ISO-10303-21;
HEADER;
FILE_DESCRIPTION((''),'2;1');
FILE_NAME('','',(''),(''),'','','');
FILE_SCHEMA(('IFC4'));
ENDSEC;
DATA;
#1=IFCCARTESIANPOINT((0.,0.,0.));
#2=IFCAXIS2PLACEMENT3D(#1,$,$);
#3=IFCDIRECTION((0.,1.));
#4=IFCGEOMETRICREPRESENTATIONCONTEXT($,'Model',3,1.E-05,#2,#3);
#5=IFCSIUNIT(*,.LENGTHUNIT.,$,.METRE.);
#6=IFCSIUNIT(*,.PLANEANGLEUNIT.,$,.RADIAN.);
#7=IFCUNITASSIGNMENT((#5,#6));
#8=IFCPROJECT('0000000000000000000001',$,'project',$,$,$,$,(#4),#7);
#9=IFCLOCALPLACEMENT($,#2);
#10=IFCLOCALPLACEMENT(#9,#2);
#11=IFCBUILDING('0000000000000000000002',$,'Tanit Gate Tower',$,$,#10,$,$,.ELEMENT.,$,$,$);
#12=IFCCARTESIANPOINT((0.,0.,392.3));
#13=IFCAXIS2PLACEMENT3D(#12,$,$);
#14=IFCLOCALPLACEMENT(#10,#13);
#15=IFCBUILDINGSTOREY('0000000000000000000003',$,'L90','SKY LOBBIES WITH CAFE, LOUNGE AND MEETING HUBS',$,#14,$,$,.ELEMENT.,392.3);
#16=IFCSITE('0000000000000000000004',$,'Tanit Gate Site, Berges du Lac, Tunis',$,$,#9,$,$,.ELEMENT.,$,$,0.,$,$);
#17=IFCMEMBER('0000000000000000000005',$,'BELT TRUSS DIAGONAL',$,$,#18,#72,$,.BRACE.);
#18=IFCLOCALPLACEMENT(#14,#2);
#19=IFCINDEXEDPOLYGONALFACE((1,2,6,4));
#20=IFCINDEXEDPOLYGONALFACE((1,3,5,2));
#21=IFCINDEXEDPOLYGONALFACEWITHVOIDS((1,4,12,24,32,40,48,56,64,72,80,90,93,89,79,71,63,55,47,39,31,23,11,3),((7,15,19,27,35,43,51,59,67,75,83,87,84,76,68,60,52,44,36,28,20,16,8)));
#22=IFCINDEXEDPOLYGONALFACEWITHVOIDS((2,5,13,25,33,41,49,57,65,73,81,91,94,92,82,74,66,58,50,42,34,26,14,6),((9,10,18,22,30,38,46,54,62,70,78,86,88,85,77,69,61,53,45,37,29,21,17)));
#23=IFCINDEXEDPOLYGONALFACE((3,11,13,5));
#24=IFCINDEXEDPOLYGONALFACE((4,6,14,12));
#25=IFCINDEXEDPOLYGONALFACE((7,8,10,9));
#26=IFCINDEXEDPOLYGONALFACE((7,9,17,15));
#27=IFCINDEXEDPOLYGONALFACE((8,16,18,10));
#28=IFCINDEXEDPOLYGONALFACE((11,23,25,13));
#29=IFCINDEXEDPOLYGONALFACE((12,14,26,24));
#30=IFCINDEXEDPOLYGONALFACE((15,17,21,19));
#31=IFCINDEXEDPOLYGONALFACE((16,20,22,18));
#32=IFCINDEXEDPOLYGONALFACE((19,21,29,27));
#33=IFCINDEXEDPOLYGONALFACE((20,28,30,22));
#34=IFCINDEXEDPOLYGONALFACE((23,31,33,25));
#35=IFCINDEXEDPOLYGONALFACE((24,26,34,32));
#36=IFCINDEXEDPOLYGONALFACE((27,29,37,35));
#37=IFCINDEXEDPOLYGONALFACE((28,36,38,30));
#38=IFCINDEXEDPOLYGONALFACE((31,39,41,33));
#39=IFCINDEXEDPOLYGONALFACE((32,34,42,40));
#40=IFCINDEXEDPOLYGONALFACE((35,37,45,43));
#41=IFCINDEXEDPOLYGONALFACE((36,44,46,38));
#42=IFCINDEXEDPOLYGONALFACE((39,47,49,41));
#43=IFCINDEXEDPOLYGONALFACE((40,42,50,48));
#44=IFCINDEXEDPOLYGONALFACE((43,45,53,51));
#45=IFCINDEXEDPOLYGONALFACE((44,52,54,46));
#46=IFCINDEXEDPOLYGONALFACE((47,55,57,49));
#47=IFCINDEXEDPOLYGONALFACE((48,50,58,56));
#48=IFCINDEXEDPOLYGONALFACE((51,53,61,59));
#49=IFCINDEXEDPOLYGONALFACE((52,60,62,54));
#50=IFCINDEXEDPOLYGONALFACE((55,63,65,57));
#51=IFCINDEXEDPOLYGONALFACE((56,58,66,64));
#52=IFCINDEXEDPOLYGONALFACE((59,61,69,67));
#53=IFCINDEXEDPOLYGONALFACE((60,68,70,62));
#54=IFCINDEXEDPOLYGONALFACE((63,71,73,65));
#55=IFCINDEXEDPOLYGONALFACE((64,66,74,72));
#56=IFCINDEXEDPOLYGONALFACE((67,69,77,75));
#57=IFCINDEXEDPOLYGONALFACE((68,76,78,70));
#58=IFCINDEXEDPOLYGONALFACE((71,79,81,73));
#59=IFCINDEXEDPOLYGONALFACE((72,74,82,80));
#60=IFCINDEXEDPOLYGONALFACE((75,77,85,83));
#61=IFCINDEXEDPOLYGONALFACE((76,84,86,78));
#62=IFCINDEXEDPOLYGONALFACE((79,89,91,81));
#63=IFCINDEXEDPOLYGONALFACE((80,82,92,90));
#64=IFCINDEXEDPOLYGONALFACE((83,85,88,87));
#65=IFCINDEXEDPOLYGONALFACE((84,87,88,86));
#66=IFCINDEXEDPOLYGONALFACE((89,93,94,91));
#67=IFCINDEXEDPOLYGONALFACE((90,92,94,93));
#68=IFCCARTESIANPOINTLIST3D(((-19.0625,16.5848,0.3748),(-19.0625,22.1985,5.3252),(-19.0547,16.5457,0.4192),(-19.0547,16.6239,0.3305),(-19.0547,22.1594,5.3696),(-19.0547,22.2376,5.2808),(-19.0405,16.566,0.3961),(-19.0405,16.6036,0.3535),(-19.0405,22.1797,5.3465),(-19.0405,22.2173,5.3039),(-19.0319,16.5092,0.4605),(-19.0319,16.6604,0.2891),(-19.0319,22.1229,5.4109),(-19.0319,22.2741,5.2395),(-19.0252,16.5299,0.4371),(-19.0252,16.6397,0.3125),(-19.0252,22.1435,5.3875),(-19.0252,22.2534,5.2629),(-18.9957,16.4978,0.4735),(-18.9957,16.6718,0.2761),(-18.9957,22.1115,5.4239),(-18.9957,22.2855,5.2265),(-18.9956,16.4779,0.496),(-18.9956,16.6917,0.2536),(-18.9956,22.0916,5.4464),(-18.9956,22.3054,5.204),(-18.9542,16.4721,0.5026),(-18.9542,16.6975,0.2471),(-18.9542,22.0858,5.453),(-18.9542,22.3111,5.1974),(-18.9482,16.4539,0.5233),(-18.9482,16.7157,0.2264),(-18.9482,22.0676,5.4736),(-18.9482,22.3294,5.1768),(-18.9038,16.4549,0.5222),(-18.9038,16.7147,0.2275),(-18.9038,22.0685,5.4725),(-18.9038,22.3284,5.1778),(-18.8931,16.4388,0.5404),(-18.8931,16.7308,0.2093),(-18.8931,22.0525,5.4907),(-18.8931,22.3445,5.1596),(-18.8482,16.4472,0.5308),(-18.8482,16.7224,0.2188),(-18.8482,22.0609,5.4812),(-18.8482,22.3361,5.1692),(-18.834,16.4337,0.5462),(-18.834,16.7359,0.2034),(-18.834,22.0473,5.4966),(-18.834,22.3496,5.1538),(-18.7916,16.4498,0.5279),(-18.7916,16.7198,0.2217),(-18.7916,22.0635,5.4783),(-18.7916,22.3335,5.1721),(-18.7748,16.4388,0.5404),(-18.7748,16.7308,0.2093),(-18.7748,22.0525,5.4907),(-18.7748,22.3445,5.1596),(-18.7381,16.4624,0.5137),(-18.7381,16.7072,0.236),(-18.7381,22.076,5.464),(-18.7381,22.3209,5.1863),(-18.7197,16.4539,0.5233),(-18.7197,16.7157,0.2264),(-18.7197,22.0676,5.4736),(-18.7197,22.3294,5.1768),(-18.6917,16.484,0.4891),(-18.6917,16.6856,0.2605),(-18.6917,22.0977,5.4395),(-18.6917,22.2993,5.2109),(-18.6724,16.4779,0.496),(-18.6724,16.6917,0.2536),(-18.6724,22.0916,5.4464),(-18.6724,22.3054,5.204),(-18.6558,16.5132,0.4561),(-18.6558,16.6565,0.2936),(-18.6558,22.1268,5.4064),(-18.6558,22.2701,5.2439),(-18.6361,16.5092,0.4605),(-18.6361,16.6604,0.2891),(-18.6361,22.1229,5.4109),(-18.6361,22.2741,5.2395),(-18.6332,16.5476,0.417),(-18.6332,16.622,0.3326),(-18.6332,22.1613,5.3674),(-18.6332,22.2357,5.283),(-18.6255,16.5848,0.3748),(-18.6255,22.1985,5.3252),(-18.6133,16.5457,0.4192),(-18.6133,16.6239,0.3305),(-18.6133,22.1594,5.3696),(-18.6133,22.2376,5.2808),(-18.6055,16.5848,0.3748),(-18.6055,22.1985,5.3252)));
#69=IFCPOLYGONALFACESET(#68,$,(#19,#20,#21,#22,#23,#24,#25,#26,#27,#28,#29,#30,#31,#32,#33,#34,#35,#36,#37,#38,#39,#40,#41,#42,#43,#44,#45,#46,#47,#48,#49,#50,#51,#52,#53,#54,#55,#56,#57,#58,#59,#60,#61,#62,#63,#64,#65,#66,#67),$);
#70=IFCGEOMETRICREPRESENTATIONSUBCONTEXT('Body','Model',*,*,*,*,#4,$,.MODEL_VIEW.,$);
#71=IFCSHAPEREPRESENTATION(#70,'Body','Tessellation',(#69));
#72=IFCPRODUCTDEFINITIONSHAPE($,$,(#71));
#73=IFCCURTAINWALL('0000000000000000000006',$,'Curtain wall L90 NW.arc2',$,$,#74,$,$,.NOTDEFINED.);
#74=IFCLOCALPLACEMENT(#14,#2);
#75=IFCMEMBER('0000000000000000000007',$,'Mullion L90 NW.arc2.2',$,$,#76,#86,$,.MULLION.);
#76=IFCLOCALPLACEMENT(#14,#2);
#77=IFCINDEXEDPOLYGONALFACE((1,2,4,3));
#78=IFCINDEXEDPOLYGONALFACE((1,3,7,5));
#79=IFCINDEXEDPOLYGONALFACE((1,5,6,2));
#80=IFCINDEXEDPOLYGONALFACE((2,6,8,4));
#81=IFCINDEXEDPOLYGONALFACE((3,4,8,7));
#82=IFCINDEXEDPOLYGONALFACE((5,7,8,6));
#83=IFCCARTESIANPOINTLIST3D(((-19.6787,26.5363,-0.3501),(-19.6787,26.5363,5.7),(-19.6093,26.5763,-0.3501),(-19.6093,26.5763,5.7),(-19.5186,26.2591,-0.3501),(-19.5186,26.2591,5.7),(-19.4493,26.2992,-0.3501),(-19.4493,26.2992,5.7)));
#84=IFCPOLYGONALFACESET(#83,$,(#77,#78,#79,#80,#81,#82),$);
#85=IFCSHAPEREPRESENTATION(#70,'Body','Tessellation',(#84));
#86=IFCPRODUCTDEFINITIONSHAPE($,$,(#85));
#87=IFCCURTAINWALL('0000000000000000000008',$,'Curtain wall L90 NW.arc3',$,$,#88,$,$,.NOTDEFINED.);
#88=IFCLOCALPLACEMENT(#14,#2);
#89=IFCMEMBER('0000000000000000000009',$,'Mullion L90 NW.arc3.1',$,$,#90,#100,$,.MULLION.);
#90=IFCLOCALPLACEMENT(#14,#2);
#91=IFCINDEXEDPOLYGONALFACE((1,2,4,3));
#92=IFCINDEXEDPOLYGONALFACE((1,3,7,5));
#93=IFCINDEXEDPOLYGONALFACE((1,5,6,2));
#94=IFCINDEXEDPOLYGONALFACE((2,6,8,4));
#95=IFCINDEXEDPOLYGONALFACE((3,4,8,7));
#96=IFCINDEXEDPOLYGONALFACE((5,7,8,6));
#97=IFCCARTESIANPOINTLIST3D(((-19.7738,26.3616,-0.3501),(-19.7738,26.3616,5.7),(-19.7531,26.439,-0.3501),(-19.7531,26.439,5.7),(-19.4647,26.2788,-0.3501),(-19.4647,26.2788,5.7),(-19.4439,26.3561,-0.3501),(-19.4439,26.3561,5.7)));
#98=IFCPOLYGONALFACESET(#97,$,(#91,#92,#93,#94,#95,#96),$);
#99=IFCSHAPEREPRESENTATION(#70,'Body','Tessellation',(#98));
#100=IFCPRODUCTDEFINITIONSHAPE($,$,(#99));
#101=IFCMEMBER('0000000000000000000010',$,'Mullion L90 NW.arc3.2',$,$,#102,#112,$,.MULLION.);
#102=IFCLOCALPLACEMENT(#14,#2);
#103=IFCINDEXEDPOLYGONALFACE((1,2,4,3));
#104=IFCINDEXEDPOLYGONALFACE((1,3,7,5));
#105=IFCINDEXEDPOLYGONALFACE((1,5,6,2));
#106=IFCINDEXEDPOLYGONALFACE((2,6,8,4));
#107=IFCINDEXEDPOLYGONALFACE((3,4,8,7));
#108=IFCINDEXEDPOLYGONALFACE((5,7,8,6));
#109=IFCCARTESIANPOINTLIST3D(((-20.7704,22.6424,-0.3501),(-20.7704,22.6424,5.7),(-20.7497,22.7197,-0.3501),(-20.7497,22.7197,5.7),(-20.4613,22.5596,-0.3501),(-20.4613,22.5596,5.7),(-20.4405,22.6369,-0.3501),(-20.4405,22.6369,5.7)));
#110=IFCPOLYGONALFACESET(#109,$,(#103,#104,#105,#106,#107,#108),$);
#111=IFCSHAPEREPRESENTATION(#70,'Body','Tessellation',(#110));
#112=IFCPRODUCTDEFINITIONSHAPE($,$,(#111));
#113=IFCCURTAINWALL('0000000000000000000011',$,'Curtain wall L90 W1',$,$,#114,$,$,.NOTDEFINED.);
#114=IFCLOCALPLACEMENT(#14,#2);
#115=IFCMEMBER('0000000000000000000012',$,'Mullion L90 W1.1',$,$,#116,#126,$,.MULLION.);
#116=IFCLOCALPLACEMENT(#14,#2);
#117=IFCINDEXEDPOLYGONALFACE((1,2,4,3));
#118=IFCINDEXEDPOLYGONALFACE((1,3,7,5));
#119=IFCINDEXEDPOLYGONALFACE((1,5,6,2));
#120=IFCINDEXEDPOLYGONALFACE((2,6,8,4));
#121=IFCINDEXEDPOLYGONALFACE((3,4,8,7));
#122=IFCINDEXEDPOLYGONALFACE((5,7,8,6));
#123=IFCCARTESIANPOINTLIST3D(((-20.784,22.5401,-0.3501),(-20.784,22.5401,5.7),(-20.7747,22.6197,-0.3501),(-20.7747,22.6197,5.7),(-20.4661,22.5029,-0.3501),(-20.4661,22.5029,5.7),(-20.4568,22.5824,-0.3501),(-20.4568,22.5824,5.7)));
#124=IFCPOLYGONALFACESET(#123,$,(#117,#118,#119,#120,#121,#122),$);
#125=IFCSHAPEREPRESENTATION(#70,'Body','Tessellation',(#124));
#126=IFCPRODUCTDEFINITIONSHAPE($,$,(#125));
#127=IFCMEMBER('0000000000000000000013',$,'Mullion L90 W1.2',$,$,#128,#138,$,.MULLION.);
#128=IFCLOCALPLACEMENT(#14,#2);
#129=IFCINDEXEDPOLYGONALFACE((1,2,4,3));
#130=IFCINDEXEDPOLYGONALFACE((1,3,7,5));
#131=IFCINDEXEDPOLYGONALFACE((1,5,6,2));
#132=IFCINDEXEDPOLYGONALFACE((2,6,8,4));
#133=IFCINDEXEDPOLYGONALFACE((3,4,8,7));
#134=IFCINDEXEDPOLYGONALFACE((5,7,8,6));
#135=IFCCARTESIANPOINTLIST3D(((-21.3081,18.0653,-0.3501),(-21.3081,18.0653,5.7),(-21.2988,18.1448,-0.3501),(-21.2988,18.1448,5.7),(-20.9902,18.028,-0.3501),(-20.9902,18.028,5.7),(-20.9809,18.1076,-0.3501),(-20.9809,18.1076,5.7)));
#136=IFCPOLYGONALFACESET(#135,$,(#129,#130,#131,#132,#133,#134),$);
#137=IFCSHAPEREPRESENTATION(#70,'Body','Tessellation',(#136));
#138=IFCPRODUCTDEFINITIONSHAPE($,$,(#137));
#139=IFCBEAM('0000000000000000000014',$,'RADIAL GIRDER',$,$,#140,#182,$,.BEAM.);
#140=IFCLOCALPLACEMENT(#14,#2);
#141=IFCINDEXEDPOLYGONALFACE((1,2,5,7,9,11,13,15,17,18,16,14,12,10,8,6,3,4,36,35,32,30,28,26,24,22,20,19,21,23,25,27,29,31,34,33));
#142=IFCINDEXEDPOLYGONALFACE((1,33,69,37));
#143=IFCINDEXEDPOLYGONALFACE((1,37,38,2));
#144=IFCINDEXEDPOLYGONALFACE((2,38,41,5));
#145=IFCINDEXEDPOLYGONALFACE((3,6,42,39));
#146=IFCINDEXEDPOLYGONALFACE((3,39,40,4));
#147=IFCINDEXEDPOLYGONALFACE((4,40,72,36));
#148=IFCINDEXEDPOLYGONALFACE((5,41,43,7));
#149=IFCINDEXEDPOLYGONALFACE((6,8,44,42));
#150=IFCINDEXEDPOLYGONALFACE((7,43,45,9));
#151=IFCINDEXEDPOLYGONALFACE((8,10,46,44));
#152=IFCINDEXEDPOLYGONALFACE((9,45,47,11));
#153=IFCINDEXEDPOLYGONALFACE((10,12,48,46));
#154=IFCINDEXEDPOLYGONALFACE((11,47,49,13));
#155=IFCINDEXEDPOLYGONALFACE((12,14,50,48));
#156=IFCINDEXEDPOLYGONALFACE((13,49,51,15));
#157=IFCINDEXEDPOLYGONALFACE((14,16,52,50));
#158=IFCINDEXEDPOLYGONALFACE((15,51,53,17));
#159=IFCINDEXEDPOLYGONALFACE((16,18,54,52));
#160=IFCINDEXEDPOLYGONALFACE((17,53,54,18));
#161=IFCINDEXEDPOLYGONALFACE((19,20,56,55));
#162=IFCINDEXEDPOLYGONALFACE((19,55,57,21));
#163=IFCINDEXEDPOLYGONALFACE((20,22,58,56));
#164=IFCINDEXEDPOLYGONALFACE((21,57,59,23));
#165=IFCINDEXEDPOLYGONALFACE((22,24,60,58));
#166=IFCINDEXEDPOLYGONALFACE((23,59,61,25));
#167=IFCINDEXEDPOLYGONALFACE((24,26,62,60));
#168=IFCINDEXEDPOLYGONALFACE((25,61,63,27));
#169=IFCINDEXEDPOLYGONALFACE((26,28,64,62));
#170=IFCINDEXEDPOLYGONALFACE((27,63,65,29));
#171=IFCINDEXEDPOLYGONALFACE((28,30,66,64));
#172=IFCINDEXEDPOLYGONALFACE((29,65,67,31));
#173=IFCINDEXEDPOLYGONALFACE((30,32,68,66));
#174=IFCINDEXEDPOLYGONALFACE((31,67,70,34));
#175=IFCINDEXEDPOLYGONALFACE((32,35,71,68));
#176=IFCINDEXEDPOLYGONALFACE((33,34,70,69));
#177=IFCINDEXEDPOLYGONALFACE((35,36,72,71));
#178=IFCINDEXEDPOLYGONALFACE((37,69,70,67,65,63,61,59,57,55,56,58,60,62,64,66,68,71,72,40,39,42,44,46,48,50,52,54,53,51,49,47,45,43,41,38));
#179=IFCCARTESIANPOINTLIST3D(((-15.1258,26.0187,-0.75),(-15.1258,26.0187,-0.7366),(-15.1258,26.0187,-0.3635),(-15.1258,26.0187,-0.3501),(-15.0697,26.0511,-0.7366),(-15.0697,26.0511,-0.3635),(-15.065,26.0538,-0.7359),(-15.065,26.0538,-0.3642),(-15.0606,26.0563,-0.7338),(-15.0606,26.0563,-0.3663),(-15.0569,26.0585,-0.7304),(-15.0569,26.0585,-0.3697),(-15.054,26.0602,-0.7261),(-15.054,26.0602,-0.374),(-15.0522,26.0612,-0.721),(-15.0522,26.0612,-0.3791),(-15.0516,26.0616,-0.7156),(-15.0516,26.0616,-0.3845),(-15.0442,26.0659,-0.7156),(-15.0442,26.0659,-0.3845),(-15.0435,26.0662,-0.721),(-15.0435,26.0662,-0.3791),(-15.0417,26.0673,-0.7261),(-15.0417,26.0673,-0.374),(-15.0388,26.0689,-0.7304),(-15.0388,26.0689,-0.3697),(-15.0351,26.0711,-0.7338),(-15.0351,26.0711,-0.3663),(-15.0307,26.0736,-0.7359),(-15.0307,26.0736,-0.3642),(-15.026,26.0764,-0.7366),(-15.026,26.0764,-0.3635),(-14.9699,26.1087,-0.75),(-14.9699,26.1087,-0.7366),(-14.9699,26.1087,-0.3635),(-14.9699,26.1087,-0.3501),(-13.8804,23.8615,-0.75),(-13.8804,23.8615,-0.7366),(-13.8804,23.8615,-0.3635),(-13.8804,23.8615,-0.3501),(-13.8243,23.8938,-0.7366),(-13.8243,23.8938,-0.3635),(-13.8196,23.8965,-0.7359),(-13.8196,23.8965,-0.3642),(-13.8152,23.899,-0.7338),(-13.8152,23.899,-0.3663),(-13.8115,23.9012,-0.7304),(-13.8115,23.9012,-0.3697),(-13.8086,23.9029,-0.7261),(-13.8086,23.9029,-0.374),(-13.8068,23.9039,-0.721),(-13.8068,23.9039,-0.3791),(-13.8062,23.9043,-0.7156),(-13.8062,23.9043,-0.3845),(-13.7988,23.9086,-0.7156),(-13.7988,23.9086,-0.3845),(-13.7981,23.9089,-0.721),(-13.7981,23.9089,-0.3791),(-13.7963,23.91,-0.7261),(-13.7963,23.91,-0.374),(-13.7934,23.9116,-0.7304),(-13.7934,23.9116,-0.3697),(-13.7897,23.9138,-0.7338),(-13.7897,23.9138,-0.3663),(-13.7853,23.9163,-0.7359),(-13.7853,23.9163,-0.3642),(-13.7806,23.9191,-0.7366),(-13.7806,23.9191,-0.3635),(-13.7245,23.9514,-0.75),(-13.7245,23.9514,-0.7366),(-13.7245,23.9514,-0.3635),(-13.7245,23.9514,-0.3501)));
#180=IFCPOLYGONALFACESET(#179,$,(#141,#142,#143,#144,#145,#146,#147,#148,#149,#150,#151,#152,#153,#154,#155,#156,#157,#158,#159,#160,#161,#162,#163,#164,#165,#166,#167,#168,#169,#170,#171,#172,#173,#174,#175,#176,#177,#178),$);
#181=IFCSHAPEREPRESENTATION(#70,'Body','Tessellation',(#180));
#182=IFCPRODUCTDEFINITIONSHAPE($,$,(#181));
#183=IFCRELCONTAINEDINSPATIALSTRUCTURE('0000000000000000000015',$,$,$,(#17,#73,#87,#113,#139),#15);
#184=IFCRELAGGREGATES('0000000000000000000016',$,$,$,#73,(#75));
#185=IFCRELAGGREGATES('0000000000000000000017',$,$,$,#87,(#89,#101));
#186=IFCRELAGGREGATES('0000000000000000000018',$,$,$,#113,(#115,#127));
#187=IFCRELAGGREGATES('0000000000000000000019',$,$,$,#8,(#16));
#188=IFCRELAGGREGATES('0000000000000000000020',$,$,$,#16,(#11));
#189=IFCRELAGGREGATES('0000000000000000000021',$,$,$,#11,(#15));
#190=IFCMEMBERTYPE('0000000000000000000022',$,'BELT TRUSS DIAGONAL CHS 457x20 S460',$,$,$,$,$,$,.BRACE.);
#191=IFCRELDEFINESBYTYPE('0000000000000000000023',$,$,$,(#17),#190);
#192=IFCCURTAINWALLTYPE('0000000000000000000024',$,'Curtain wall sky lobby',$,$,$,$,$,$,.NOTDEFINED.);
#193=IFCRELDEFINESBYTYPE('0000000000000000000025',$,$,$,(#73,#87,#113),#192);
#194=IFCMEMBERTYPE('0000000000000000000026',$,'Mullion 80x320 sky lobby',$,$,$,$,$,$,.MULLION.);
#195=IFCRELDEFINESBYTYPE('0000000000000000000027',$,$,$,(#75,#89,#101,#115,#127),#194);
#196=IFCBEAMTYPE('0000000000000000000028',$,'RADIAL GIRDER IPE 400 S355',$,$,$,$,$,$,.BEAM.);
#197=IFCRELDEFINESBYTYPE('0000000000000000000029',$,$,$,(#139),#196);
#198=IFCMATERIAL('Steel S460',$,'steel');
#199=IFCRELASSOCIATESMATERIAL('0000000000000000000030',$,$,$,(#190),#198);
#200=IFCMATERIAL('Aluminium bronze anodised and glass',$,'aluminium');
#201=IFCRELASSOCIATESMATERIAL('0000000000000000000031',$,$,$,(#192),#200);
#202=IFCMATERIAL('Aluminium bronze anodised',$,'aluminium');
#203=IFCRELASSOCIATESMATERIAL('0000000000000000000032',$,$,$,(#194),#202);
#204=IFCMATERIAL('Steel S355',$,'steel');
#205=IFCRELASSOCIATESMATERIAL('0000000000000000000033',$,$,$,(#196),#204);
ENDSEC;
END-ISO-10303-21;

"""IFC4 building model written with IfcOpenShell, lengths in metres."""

from ifc_helpers import new_model, si_unit, direction, frame, origin, origin_2d, place, context, subcontext, project, spatial, rectangle, hollow_circle, i_section, extrude, material, material_profile, profile_set, type_object, element, aggregate, save


model = new_model("IFC4")

# Units and contexts
model_context = context("Model", 3, precision=1e-05, world=origin(), true_north=direction((0.0, 1.0)))
body_context = subcontext(model_context, "Body", "Model", "MODEL_VIEW")
ifc_project = project(units=[si_unit("LENGTHUNIT", "METRE"), si_unit("PLANEANGLEUNIT", "RADIAN")], contexts=[model_context])

# Site, building, storey
site_placement = place(None, origin())
site = spatial("IfcSite", under=ifc_project, at=site_placement, Name="Tanit Gate Site, Berges du Lac, Tunis", CompositionType="ELEMENT", RefElevation=0.0)
building_placement = place(site_placement, origin())
building = spatial("IfcBuilding", under=site, at=building_placement, Name="Tanit Gate Tower", CompositionType="ELEMENT")
storey_placement = place(building_placement, frame((0.0, 0.0, 392.3)))
storey = spatial("IfcBuildingStorey", under=building, at=storey_placement, Name="L90", Description="SKY LOBBIES WITH CAFE, LOUNGE AND MEETING HUBS", CompositionType="ELEMENT", Elevation=392.3)

# Member
ifc_material_1 = material(Name="Steel S460", Category="steel")
ifc_material_profile_1 = material_profile(ifc_material_1, hollow_circle(Radius=0.2285, WallThickness=0.02, at=origin_2d()), Name="CHS 457x20")
ifc_profile_set_1 = profile_set([ifc_material_profile_1], Name="Steel S460")
member_type_1 = type_object("IfcMemberType", Name="BELT TRUSS DIAGONAL CHS 457x20 S460", PredefinedType="BRACE", material=ifc_profile_set_1)
member_1_placement = place(storey_placement, frame((-18.834, 22.1985, 5.3252), z_axis=(0.0, -0.750029, -0.661405), x_axis=(1.0, 0.0, 0.0)))
element("IfcMember", 1, at=member_1_placement, inside=storey, type_object=member_type_1, Name="BELT TRUSS DIAGONAL", PredefinedType="BRACE", context=body_context, shape_type="SweptSolid", body=[
    extrude(hollow_circle(Radius=0.2285, WallThickness=0.02, at=origin_2d()), origin(), (0.0, 0.0, 1.0), 7.4846),
])

# Curtain wall, member
ifc_material_2 = material(Name="Aluminium bronze anodised and glass", Category="aluminium")
curtain_wall_type = type_object("IfcCurtainWallType", Name="Curtain wall sky lobby", PredefinedType="NOTDEFINED", material=ifc_material_2)
curtain_wall_1_placement = place(storey_placement, origin())
curtain_wall_1 = element("IfcCurtainWall", 2, at=curtain_wall_1_placement, inside=storey, type_object=curtain_wall_type, Name="Curtain wall L90 NW.arc2", PredefinedType="NOTDEFINED")
ifc_material_3 = material(Name="Aluminium bronze anodised", Category="aluminium")
ifc_material_profile_2 = material_profile(ifc_material_3, rectangle(XDim=0.3201, YDim=0.0801, at=origin_2d()), Name="80x320 bronze mullion")
ifc_profile_set_2 = profile_set([ifc_material_profile_2], Name="Aluminium bronze anodised")
member_type_2 = type_object("IfcMemberType", Name="Mullion 80x320 sky lobby", PredefinedType="MULLION", material=ifc_profile_set_2)
member_2_placement = place(storey_placement, frame((-19.564, 26.4177, -0.3501), z_axis=(0.0, 0.0, 1.0), x_axis=(0.5, -0.866025, 0.0)))
member_2 = element("IfcMember", 3, at=member_2_placement, type_object=member_type_2, Name="Mullion L90 NW.arc2.2", PredefinedType="MULLION", context=body_context, shape_type="SweptSolid", body=[
    extrude(rectangle(XDim=0.3201, YDim=0.0801, at=origin_2d()), origin(), (0.0, 0.0, 1.0), 6.05),
])

# Curtain walls, members
curtain_wall_2_placement = place(storey_placement, origin())
curtain_wall_2 = element("IfcCurtainWall", 4, at=curtain_wall_2_placement, inside=storey, type_object=curtain_wall_type, Name="Curtain wall L90 NW.arc3", PredefinedType="NOTDEFINED")
member_3_placement = place(storey_placement, frame((-19.6089, 26.3589, -0.3501), z_axis=(0.0, 0.0, 1.0), x_axis=(0.965926, -0.258819, 0.0)))
member_3 = element("IfcMember", 5, at=member_3_placement, type_object=member_type_2, Name="Mullion L90 NW.arc3.1", PredefinedType="MULLION", context=body_context, shape_type="SweptSolid", body=[
    extrude(rectangle(XDim=0.3201, YDim=0.0801, at=origin_2d()), origin(), (0.0, 0.0, 1.0), 6.05),
])
member_4_placement = place(storey_placement, frame((-20.6055, 22.6396, -0.3501), z_axis=(0.0, 0.0, 1.0), x_axis=(0.965926, -0.258819, 0.0)))
member_4 = element("IfcMember", 6, at=member_4_placement, type_object=member_type_2, Name="Mullion L90 NW.arc3.2", PredefinedType="MULLION", context=body_context, shape_type="SweptSolid", body=[
    extrude(rectangle(XDim=0.3201, YDim=0.0801, at=origin_2d()), origin(), (0.0, 0.0, 1.0), 6.05),
])
curtain_wall_3_placement = place(storey_placement, origin())
curtain_wall_3 = element("IfcCurtainWall", 7, at=curtain_wall_3_placement, inside=storey, type_object=curtain_wall_type, Name="Curtain wall L90 W1", PredefinedType="NOTDEFINED")
member_5_placement = place(storey_placement, frame((-20.6204, 22.5613, -0.3501), z_axis=(0.0, 0.0, 1.0), x_axis=(0.993212, -0.116318, 0.0)))
member_5 = element("IfcMember", 8, at=member_5_placement, type_object=member_type_2, Name="Mullion L90 W1.1", PredefinedType="MULLION", context=body_context, shape_type="SweptSolid", body=[
    extrude(rectangle(XDim=0.3201, YDim=0.0801, at=origin_2d()), origin(), (0.0, 0.0, 1.0), 6.05),
])
member_6_placement = place(storey_placement, frame((-21.1445, 18.0864, -0.3501), z_axis=(0.0, 0.0, 1.0), x_axis=(0.993212, -0.116318, 0.0)))
member_6 = element("IfcMember", 9, at=member_6_placement, type_object=member_type_2, Name="Mullion L90 W1.2", PredefinedType="MULLION", context=body_context, shape_type="SweptSolid", body=[
    extrude(rectangle(XDim=0.3201, YDim=0.0801, at=origin_2d()), origin(), (0.0, 0.0, 1.0), 6.05),
])

# Beam
ifc_material_4 = material(Name="Steel S355", Category="steel")
ifc_material_profile_3 = material_profile(ifc_material_4, i_section(OverallWidth=0.1799, OverallDepth=0.3999, WebThickness=0.0085, FlangeThickness=0.0134, FilletRadius=0.021, at=origin_2d()), Name="IPE 400")
ifc_profile_set_3 = profile_set([ifc_material_profile_3], Name="Steel S355")
beam_type_1 = type_object("IfcBeamType", Name="RADIAL GIRDER IPE 400 S355", PredefinedType="BEAM", material=ifc_profile_set_3)
beam_1_placement = place(storey_placement, frame((-15.0479, 26.0637, -0.55), z_axis=(0.499966, -0.866045, 0.0), x_axis=(0.866045, 0.499966, 0.0)))
element("IfcBeam", 10, at=beam_1_placement, inside=storey, type_object=beam_type_1, Name="RADIAL GIRDER", PredefinedType="BEAM", context=body_context, shape_type="SweptSolid", body=[
    extrude(i_section(OverallWidth=0.1799, OverallDepth=0.3999, WebThickness=0.0085, FlangeThickness=0.0134, FilletRadius=0.021, at=origin_2d()), origin(), (0.0, 0.0, 1.0), 2.491),
])

aggregate(curtain_wall_1, [member_2])
aggregate(curtain_wall_2, [member_3, member_4])
aggregate(curtain_wall_3, [member_5, member_6])

save(model, "model.ifc")
